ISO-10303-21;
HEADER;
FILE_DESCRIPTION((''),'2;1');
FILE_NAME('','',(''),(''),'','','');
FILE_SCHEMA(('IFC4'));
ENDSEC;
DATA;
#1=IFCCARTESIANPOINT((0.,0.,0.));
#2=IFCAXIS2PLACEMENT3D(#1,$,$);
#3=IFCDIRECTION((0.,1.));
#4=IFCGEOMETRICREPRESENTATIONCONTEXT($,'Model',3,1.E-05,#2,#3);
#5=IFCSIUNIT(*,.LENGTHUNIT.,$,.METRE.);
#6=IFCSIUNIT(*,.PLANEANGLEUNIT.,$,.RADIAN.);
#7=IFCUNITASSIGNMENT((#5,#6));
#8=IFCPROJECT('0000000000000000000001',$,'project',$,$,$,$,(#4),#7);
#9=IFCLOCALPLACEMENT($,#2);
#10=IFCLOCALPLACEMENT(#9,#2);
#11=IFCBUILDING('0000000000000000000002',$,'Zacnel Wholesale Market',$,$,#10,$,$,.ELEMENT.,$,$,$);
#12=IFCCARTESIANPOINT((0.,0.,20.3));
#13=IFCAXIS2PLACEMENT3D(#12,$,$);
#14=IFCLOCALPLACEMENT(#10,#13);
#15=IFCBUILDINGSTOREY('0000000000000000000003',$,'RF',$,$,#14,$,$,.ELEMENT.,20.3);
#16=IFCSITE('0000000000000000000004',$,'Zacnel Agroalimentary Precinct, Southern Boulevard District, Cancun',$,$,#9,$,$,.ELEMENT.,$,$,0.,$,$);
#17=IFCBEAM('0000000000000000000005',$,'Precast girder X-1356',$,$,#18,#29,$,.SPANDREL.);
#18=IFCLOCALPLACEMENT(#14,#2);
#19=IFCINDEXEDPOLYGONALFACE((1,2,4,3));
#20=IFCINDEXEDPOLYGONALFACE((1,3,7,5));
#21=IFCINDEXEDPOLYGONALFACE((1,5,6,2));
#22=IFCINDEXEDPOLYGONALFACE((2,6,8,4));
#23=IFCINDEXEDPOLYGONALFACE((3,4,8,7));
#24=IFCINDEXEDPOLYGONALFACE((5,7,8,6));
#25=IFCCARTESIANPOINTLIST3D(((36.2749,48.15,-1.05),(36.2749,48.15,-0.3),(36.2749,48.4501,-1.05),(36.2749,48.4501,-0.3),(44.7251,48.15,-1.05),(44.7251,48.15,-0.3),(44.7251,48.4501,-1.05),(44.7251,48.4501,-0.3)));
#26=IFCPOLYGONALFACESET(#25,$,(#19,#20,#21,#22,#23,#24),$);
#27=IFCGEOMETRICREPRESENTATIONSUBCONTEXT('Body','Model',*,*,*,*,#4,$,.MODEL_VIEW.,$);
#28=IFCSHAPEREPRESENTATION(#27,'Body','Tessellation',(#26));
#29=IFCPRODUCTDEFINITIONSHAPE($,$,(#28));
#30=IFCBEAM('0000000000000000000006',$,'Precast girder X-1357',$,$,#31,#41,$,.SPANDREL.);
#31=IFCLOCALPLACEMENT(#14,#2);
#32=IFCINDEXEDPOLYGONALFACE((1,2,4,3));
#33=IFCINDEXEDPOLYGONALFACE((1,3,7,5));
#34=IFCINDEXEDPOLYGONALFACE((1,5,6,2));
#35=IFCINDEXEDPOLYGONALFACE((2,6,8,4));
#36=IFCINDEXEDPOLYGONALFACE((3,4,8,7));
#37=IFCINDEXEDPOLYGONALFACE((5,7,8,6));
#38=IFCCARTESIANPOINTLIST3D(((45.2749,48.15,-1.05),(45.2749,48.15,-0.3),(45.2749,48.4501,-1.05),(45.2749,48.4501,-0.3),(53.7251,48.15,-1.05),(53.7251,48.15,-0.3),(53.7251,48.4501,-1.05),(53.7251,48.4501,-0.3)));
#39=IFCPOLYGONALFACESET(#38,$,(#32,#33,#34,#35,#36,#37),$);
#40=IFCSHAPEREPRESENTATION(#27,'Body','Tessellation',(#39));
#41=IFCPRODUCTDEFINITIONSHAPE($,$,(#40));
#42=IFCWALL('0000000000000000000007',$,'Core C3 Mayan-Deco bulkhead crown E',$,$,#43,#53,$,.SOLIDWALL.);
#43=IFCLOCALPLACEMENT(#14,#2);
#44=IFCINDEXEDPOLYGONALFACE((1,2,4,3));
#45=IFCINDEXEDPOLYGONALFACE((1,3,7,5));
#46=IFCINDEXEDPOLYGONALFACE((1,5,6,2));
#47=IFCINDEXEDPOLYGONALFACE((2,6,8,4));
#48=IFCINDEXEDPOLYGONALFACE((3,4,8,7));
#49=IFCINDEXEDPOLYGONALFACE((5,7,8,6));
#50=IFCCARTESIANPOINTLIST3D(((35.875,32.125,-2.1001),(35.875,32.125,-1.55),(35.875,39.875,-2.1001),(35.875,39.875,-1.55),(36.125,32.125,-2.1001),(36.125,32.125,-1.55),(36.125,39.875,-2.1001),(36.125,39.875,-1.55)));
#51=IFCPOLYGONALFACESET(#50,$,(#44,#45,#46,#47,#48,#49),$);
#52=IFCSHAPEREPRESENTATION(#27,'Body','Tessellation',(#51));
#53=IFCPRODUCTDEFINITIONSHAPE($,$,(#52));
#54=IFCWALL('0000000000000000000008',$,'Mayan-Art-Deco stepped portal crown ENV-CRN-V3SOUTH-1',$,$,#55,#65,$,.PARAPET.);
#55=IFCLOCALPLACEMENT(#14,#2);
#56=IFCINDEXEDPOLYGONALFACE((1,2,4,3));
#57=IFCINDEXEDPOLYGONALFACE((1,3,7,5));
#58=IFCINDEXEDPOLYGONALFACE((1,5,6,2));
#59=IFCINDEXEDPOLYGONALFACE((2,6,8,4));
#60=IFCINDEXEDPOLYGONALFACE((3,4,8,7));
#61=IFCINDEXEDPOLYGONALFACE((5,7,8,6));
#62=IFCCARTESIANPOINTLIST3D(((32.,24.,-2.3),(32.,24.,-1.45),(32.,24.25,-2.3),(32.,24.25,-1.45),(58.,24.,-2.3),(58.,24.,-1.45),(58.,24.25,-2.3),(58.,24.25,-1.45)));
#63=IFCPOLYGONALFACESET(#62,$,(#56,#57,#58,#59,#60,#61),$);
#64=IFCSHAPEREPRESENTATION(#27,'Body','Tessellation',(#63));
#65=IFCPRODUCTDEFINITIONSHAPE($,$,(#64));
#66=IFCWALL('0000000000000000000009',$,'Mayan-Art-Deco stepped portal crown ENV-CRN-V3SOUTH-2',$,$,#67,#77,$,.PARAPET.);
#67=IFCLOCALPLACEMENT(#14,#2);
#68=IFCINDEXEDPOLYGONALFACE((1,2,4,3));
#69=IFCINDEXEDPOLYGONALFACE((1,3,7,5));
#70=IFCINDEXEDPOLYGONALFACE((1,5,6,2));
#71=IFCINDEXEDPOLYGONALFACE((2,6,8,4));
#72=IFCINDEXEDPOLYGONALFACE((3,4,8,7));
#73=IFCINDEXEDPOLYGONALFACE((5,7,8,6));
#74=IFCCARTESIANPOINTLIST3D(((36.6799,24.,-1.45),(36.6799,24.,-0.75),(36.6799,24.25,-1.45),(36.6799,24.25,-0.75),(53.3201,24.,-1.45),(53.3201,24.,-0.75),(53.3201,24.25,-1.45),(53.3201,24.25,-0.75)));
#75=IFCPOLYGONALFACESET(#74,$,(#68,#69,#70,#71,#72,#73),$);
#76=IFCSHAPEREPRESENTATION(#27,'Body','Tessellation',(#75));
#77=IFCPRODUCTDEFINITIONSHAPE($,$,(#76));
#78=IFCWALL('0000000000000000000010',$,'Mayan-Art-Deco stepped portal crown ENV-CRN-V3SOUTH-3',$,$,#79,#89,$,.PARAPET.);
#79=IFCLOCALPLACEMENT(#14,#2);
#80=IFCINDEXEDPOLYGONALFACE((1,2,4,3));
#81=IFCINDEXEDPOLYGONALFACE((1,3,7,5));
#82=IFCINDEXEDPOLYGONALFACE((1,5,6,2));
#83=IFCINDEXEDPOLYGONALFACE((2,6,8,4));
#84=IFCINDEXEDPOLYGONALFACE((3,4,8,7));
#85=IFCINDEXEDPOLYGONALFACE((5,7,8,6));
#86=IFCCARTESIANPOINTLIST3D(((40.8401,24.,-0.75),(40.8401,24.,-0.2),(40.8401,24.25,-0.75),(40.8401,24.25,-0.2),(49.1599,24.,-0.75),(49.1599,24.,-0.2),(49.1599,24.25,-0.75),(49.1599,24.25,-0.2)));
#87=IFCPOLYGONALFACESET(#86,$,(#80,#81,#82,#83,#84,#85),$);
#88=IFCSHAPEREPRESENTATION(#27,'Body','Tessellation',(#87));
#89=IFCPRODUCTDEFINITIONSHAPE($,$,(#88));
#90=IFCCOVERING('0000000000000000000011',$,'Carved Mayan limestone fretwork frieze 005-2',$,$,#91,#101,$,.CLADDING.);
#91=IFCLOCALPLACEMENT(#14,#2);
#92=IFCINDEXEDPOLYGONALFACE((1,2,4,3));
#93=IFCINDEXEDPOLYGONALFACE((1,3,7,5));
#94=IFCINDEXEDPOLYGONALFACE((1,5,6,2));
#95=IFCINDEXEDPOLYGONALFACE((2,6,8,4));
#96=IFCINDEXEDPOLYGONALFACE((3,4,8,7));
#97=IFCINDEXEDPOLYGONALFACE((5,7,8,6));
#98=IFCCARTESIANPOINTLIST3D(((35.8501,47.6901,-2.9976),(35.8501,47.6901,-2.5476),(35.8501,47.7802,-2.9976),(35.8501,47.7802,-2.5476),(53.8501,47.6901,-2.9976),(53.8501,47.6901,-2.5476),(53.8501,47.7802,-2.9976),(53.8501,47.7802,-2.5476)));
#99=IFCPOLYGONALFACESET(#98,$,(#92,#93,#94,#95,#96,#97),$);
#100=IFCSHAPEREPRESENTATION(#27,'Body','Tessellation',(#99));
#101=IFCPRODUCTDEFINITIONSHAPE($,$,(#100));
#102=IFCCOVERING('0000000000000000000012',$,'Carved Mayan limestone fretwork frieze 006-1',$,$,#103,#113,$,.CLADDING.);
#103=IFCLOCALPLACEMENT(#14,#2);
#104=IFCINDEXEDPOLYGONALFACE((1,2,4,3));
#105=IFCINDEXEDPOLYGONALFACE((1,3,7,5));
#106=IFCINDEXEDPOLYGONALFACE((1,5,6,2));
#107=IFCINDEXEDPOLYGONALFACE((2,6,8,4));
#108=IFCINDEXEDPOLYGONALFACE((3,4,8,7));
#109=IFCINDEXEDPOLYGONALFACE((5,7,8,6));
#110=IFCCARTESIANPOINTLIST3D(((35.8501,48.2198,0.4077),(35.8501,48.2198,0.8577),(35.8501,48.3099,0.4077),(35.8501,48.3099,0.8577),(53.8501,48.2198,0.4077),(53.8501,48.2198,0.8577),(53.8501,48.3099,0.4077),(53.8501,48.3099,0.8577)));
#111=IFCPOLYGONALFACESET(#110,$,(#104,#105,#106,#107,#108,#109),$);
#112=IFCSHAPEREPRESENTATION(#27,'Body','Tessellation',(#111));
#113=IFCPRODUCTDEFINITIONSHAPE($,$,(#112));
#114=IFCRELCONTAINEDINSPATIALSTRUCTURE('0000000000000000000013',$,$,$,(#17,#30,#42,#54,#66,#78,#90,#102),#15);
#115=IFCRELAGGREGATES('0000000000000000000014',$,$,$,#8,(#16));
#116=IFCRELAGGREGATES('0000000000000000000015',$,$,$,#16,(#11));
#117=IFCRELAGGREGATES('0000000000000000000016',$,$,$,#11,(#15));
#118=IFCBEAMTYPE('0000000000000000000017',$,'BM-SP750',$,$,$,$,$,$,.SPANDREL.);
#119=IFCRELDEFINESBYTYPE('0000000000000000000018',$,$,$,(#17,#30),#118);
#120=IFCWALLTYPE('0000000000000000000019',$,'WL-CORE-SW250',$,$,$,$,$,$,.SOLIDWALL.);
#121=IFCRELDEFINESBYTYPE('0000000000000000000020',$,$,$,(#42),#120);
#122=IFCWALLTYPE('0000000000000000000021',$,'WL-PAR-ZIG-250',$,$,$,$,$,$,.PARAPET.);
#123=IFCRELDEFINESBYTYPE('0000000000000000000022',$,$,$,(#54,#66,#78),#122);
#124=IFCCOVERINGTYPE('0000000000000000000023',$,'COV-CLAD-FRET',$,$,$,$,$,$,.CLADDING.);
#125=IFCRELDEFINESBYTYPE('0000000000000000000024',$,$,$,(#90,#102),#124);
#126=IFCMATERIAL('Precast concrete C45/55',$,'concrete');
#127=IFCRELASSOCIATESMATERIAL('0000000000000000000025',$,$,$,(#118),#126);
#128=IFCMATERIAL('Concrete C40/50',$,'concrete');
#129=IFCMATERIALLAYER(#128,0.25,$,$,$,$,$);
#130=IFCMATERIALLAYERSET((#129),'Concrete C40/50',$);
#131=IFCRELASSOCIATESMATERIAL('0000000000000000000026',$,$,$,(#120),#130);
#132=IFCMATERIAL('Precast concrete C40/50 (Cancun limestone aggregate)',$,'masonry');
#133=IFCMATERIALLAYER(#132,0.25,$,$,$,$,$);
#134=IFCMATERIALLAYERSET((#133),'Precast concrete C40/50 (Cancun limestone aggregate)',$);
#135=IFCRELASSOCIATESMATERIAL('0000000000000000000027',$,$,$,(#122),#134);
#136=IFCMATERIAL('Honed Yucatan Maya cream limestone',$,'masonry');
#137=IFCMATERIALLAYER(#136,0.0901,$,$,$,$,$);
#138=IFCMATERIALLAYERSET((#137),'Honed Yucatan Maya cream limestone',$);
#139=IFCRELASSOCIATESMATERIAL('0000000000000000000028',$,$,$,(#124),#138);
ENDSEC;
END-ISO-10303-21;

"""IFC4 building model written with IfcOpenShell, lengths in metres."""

from ifc_helpers import new_model, si_unit, direction, frame, frame_2d, origin, origin_2d, place, context, subcontext, project, spatial, rectangle, extrude, material, layer, layer_set, material_profile, profile_set, type_object, element, save


model = new_model("IFC4")

# Units and contexts
model_context = context("Model", 3, precision=1e-05, world=origin(), true_north=direction((0.0, 1.0)))
body_context = subcontext(model_context, "Body", "Model", "MODEL_VIEW")
ifc_project = project(units=[si_unit("LENGTHUNIT", "METRE"), si_unit("PLANEANGLEUNIT", "RADIAN")], contexts=[model_context])

# Site, building, storey
site_placement = place(None, origin())
site = spatial("IfcSite", under=ifc_project, at=site_placement, Name="Zacnel Agroalimentary Precinct, Southern Boulevard District, Cancun", CompositionType="ELEMENT", RefElevation=0.0)
building_placement = place(site_placement, origin())
building = spatial("IfcBuilding", under=site, at=building_placement, Name="Zacnel Wholesale Market", CompositionType="ELEMENT")
storey_placement = place(building_placement, frame((0.0, 0.0, 20.3)))
storey = spatial("IfcBuildingStorey", under=building, at=storey_placement, Name="RF", CompositionType="ELEMENT", Elevation=20.3)

# Beams
ifc_material_1 = material(Name="Precast concrete C45/55", Category="concrete")
ifc_material_profile_1 = material_profile(ifc_material_1, rectangle(XDim=0.3, YDim=0.75, at=origin_2d()), Name="SP 300x750")
ifc_profile_set_1 = profile_set([ifc_material_profile_1], Name="Precast concrete C45/55")
beam_type_1 = type_object("IfcBeamType", Name="BM-SP750", PredefinedType="SPANDREL", material=ifc_profile_set_1)
for number, where, z_axis, x_axis, name in (
    (1, (36.2749, 48.3, -0.675), (1.0, 0.0, 0.0), (0.0, 1.0, 0.0), "Precast girder X-1356"),
    (2, (45.2749, 48.3, -0.675), (1.0, 0.0, 0.0), (0.0, 1.0, 0.0), "Precast girder X-1357"),
):
    element("IfcBeam", number, at=place(storey_placement, frame(where, z_axis=z_axis, x_axis=x_axis)), inside=storey, type_object=beam_type_1, Name=name, PredefinedType="SPANDREL", context=body_context, shape_type="SweptSolid", body=[
        extrude(rectangle(XDim=0.3, YDim=0.75, at=origin_2d()), origin(), (0.0, 0.0, 1.0), 8.4502),
    ])

# Walls
ifc_material_2 = material(Name="Concrete C40/50", Category="concrete")
ifc_layer_1 = layer(ifc_material_2, 0.25)
ifc_layer_set_1 = layer_set([ifc_layer_1], Name="Concrete C40/50")
wall_type_1 = type_object("IfcWallType", Name="WL-CORE-SW250", PredefinedType="SOLIDWALL", material=ifc_layer_set_1)
wall_1_placement = place(storey_placement, frame((36.0, 32.125, -2.1001), z_axis=(0.0, 0.0, 1.0), x_axis=(0.0, 1.0, 0.0)))
element("IfcWall", 3, at=wall_1_placement, inside=storey, type_object=wall_type_1, Name="Core C3 Mayan-Deco bulkhead crown E", PredefinedType="SOLIDWALL", context=body_context, shape_type="SweptSolid", body=[
    extrude(rectangle(XDim=7.75, YDim=0.25, at=frame_2d((3.875, 0.0))), origin(), (0.0, 0.0, 1.0), 0.55),
])
ifc_material_3 = material(Name="Precast concrete C40/50 (Cancun limestone aggregate)", Category="masonry")
ifc_layer_2 = layer(ifc_material_3, 0.25)
ifc_layer_set_2 = layer_set([ifc_layer_2], Name="Precast concrete C40/50 (Cancun limestone aggregate)")
wall_type_2 = type_object("IfcWallType", Name="WL-PAR-ZIG-250", PredefinedType="PARAPET", material=ifc_layer_set_2)
wall_2_placement = place(storey_placement, frame((32.0, 24.125, -2.3), z_axis=(0.0, 0.0, 1.0), x_axis=(1.0, 0.0, 0.0)))
element("IfcWall", 4, at=wall_2_placement, inside=storey, type_object=wall_type_2, Name="Mayan-Art-Deco stepped portal crown ENV-CRN-V3SOUTH-1", PredefinedType="PARAPET", context=body_context, shape_type="SweptSolid", body=[
    extrude(rectangle(XDim=26.0, YDim=0.25, at=frame_2d((13.0, 0.0))), origin(), (0.0, 0.0, 1.0), 0.8501),
])
wall_3_placement = place(storey_placement, frame((36.6799, 24.125, -1.45), z_axis=(0.0, 0.0, 1.0), x_axis=(1.0, 0.0, 0.0)))
element("IfcWall", 5, at=wall_3_placement, inside=storey, type_object=wall_type_2, Name="Mayan-Art-Deco stepped portal crown ENV-CRN-V3SOUTH-2", PredefinedType="PARAPET", context=body_context, shape_type="SweptSolid", body=[
    extrude(rectangle(XDim=16.6401, YDim=0.25, at=frame_2d((8.3201, 0.0))), origin(), (0.0, 0.0, 1.0), 0.7),
])
wall_4_placement = place(storey_placement, frame((40.8401, 24.125, -0.75), z_axis=(0.0, 0.0, 1.0), x_axis=(1.0, 0.0, 0.0)))
element("IfcWall", 6, at=wall_4_placement, inside=storey, type_object=wall_type_2, Name="Mayan-Art-Deco stepped portal crown ENV-CRN-V3SOUTH-3", PredefinedType="PARAPET", context=body_context, shape_type="SweptSolid", body=[
    extrude(rectangle(XDim=8.3198, YDim=0.25, at=frame_2d((4.1599, 0.0))), origin(), (0.0, 0.0, 1.0), 0.55),
])

# Coverings
ifc_material_4 = material(Name="Honed Yucatan Maya cream limestone", Category="masonry")
ifc_layer_3 = layer(ifc_material_4, 0.0901)
ifc_layer_set_3 = layer_set([ifc_layer_3], Name="Honed Yucatan Maya cream limestone")
covering_type = type_object("IfcCoveringType", Name="COV-CLAD-FRET", PredefinedType="CLADDING", material=ifc_layer_set_3)
for number, where, z_axis, x_axis, name in (
    (7, (44.8501, 47.7351, -2.9976), (0.0, 0.0, 1.0), (1.0, 0.0, 0.0), "Carved Mayan limestone fretwork frieze 005-2"),
    (8, (44.8501, 48.2649, 0.4077), (0.0, 0.0, 1.0), (1.0, 0.0, 0.0), "Carved Mayan limestone fretwork frieze 006-1"),
):
    element("IfcCovering", number, at=place(storey_placement, frame(where, z_axis=z_axis, x_axis=x_axis)), inside=storey, type_object=covering_type, Name=name, PredefinedType="CLADDING", context=body_context, shape_type="SweptSolid", body=[
        extrude(rectangle(XDim=18.0, YDim=0.0901, at=origin_2d()), origin(), (0.0, 0.0, 1.0), 0.45),
    ])

save(model, "model.ifc")
